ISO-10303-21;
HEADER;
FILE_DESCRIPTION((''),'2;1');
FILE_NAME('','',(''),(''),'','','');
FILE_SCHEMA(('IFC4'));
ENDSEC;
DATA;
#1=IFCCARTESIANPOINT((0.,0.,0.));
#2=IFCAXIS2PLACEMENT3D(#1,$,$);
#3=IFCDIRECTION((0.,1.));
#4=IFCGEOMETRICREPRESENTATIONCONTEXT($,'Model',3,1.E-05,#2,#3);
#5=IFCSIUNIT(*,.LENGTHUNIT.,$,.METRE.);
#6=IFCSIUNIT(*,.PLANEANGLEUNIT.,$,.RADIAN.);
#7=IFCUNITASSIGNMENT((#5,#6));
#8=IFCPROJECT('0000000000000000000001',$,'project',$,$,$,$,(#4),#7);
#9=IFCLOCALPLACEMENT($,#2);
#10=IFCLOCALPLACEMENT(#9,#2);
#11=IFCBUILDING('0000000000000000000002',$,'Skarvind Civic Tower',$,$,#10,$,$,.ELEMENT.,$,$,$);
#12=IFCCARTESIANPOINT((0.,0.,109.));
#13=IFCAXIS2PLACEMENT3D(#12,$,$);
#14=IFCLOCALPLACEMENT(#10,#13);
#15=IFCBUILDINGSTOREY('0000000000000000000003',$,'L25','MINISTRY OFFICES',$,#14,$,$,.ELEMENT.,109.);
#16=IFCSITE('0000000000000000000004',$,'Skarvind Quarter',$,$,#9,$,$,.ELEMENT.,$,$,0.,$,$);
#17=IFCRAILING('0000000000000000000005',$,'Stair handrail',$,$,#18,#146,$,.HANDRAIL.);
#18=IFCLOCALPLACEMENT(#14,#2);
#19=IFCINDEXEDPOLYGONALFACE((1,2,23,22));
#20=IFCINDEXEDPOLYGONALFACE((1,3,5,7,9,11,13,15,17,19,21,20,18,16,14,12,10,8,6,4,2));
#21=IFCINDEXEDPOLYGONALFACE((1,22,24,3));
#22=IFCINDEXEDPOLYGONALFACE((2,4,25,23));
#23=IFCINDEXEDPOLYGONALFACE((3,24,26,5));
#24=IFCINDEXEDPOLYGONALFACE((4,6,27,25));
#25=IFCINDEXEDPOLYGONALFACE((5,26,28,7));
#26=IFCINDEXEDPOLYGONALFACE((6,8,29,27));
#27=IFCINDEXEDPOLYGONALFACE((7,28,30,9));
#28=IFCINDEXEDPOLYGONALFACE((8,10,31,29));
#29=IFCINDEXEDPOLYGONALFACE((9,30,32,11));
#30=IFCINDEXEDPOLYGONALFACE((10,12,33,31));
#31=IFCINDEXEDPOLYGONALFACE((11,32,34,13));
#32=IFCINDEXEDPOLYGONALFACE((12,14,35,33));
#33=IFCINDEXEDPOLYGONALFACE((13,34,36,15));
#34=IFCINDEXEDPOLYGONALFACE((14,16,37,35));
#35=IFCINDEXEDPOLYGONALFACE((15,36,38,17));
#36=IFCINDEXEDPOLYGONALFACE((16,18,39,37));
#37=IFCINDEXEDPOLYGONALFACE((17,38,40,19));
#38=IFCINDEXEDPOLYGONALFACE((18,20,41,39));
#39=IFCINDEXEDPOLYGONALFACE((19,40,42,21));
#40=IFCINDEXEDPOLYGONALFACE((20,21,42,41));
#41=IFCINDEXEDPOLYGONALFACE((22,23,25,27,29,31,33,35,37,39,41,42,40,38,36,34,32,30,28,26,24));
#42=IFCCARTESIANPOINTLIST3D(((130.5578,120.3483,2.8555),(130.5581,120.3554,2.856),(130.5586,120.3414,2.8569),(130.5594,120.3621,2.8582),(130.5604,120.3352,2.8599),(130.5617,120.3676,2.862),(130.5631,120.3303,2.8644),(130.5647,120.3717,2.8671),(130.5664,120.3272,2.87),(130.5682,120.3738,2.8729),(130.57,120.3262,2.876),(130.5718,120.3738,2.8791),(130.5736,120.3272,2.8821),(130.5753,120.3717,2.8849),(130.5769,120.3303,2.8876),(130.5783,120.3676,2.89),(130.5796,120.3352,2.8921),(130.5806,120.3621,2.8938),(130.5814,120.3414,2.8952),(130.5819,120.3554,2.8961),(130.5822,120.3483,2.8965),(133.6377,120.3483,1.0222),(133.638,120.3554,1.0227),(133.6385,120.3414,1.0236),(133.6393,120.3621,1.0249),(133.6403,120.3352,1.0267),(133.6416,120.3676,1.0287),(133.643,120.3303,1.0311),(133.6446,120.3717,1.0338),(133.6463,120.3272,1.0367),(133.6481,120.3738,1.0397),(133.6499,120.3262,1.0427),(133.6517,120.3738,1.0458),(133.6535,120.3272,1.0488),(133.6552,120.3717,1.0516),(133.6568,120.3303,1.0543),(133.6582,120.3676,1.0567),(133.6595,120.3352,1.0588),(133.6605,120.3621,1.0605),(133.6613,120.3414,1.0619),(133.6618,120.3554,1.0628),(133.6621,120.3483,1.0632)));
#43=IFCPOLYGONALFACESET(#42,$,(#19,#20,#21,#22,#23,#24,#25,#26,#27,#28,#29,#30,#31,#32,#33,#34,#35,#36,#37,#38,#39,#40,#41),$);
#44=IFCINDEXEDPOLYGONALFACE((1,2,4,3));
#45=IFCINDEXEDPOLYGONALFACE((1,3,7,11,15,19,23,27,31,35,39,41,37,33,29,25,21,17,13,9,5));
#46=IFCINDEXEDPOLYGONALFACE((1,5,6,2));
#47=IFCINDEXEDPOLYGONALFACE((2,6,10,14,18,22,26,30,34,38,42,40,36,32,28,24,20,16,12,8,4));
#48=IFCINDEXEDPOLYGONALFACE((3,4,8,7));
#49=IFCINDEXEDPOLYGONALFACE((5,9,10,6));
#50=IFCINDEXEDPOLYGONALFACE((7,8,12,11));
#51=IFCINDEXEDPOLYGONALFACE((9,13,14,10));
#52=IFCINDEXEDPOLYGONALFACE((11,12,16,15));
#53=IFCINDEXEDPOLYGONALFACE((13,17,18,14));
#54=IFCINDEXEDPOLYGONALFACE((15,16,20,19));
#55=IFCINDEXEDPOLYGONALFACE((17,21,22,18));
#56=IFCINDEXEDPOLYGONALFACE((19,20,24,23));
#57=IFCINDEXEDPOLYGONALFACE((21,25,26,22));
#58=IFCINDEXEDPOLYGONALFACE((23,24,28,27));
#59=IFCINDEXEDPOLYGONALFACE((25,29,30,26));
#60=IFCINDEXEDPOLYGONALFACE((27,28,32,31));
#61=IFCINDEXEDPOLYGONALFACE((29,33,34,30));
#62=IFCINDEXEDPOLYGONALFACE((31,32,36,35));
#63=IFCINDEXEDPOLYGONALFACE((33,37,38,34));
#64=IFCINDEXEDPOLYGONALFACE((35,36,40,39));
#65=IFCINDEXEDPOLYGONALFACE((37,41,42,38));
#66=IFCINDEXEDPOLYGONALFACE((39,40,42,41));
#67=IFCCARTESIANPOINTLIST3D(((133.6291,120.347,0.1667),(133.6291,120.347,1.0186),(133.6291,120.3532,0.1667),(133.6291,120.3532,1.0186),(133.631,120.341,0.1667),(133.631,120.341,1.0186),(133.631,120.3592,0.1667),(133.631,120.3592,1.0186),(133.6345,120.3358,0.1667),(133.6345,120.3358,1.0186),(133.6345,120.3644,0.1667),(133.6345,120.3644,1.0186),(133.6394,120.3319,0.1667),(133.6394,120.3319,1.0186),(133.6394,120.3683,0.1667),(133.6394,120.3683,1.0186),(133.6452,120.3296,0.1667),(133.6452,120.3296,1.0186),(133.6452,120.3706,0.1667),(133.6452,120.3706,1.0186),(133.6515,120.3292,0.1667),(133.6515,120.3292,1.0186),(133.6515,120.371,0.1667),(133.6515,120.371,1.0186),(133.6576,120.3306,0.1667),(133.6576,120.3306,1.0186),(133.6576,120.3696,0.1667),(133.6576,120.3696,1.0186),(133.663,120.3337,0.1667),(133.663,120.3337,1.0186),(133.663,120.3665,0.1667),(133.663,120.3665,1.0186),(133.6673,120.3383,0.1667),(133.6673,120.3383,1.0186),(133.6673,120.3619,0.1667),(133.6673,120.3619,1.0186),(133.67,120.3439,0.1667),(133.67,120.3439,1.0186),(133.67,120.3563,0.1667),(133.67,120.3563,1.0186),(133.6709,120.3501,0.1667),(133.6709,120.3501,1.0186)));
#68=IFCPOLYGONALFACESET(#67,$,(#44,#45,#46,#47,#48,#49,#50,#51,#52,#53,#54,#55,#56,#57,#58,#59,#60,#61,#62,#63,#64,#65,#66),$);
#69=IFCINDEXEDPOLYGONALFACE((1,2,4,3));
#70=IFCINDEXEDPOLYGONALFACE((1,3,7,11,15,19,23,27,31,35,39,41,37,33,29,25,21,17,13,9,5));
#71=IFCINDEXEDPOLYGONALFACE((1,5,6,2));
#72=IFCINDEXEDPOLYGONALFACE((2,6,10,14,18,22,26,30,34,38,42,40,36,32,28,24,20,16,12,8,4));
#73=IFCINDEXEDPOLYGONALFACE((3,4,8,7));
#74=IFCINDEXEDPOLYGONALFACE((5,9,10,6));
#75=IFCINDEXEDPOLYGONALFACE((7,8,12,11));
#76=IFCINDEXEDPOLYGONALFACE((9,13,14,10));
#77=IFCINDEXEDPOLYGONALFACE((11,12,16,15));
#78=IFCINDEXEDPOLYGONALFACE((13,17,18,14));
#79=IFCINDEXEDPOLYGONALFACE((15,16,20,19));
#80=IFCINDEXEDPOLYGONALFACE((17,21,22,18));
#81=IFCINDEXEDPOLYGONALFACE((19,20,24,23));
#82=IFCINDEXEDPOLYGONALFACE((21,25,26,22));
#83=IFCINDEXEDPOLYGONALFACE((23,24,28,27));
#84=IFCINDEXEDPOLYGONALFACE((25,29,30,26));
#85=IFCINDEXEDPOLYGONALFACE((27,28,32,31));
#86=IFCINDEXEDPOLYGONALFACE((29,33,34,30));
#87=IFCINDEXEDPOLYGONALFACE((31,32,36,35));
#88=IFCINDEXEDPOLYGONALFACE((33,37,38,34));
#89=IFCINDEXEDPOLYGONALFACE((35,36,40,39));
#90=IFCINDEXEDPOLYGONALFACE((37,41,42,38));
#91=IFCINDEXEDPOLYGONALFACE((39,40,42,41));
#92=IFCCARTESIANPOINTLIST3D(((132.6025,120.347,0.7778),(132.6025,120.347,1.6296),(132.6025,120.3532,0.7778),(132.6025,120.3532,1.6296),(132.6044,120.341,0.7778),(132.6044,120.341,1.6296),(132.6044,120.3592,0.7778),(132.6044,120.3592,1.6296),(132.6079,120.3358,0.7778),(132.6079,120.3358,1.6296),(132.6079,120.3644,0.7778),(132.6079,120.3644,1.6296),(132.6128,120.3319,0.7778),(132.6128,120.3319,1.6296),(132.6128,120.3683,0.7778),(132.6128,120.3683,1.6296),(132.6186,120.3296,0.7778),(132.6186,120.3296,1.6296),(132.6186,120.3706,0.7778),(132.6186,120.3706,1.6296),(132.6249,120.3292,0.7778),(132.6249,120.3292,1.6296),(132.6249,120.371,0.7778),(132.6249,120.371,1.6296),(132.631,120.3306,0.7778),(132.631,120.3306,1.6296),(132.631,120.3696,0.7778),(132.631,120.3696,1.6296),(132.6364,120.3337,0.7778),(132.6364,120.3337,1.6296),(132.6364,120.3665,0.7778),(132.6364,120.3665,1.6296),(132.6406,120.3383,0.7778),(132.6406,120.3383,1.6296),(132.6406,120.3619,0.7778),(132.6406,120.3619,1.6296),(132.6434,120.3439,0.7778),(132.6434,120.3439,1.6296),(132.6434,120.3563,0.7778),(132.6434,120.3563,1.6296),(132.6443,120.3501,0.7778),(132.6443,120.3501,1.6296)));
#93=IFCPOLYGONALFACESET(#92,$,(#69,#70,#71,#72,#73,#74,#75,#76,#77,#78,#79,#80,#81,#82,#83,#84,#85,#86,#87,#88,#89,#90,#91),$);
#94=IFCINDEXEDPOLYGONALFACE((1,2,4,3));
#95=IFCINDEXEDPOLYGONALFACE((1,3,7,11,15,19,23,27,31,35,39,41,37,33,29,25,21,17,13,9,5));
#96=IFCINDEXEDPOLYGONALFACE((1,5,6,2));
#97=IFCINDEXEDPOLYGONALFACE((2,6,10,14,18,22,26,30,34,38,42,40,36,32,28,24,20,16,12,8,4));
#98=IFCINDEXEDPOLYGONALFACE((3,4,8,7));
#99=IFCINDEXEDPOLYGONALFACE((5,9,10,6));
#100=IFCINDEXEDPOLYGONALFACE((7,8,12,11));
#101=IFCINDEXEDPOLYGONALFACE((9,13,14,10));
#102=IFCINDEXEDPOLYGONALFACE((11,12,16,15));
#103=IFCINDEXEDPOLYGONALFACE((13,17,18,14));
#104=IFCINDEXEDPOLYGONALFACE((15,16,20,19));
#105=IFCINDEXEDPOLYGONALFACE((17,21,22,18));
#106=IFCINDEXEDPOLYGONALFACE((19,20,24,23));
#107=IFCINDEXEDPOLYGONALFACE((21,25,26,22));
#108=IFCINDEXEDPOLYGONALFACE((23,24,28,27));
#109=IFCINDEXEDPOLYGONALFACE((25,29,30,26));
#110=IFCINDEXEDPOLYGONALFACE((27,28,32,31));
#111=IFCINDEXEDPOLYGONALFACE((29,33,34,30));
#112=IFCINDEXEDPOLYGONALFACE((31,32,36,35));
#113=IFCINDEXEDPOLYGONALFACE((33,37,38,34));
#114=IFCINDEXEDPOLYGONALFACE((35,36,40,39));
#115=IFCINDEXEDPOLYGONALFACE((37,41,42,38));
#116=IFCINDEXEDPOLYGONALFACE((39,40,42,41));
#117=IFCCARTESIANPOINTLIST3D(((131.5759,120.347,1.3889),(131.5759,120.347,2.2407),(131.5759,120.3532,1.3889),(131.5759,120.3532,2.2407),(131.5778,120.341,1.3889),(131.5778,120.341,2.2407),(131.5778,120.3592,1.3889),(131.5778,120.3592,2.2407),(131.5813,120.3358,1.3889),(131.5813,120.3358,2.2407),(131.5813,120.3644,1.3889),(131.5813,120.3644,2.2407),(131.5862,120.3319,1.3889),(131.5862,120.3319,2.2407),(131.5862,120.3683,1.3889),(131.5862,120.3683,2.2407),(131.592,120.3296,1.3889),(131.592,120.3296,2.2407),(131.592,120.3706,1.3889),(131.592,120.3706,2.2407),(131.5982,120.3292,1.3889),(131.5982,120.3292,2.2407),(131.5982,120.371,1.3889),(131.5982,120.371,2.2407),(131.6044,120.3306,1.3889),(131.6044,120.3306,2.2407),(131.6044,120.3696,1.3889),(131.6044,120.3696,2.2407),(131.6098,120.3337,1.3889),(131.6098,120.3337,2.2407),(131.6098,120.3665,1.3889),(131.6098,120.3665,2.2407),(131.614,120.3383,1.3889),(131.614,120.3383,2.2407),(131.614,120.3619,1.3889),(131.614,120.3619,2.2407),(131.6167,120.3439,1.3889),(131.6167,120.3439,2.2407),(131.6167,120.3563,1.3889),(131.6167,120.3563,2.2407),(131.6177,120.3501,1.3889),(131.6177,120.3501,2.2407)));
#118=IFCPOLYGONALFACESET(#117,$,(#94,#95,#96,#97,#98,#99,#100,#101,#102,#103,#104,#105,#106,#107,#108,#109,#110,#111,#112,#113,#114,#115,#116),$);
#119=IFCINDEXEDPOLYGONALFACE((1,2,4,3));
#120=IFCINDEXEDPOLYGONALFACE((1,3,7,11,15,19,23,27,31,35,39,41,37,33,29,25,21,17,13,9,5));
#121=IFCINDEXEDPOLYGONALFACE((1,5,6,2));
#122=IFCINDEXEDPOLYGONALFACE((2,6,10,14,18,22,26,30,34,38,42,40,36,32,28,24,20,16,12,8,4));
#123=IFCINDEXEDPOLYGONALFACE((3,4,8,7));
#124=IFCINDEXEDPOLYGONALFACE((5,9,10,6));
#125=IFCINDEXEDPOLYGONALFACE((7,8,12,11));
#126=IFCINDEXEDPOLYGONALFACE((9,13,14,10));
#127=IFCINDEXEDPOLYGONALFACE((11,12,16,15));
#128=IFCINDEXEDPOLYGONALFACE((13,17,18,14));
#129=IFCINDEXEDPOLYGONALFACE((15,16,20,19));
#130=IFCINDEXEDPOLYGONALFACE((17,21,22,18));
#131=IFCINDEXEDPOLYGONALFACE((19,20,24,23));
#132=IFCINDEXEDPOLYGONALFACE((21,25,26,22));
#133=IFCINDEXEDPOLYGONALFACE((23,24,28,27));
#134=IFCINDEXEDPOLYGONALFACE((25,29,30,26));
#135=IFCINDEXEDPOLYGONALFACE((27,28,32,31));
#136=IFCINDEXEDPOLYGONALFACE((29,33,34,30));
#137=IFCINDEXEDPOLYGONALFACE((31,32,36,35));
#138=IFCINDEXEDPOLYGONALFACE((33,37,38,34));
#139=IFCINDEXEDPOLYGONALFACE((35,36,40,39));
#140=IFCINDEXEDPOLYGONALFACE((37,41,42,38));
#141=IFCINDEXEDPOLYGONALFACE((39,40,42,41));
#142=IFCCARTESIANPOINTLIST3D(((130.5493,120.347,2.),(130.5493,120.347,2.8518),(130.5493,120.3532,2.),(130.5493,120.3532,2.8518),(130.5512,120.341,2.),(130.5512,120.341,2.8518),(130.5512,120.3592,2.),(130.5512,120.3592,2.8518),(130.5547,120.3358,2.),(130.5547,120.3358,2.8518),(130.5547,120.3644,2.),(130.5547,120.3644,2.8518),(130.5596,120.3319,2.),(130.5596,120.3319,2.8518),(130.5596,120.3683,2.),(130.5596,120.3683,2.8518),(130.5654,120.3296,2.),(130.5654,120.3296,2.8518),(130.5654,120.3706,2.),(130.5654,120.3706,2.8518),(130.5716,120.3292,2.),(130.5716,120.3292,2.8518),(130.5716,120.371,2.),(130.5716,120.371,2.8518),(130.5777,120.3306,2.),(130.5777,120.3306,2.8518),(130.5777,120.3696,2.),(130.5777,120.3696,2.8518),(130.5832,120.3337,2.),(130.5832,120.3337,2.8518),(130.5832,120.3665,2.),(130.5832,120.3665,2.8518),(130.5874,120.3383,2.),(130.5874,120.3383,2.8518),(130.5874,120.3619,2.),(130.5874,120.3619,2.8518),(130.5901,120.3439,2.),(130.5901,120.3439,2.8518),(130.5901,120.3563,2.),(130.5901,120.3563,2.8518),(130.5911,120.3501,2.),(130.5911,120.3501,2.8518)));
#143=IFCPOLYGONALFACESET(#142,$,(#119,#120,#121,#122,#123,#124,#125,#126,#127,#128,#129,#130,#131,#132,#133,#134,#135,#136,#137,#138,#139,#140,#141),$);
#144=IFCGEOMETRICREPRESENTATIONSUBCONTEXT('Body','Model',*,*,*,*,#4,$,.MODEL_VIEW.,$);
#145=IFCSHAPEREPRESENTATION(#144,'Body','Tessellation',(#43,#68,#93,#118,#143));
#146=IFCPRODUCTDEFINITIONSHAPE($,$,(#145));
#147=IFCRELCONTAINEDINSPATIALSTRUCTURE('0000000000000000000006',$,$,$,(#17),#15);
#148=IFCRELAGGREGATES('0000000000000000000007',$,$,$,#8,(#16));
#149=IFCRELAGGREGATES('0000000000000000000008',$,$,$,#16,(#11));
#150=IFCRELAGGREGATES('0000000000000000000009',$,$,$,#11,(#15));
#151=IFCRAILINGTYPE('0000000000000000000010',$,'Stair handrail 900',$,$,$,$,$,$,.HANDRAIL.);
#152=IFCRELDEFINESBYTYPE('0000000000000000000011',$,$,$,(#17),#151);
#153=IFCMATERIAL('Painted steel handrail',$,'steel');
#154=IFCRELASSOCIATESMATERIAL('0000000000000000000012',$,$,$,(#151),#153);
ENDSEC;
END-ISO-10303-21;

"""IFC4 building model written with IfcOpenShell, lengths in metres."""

from ifc_helpers import new_model, si_unit, direction, frame, origin, origin_2d, place, context, subcontext, project, spatial, circle, extrude, material, type_object, element, save


model = new_model("IFC4")

# Units and contexts
model_context = context("Model", 3, precision=1e-05, world=origin(), true_north=direction((0.0, 1.0)))
body_context = subcontext(model_context, "Body", "Model", "MODEL_VIEW")
ifc_project = project(units=[si_unit("LENGTHUNIT", "METRE"), si_unit("PLANEANGLEUNIT", "RADIAN")], contexts=[model_context])

# Site, building, storey
site_placement = place(None, origin())
site = spatial("IfcSite", under=ifc_project, at=site_placement, Name="Skarvind Quarter", CompositionType="ELEMENT", RefElevation=0.0)
building_placement = place(site_placement, origin())
building = spatial("IfcBuilding", under=site, at=building_placement, Name="Skarvind Civic Tower", CompositionType="ELEMENT")
storey_placement = place(building_placement, frame((0.0, 0.0, 109.0)))
storey = spatial("IfcBuildingStorey", under=building, at=storey_placement, Name="L25", Description="MINISTRY OFFICES", CompositionType="ELEMENT", Elevation=109.0)

# Railing
ifc_material_1 = material(Name="Painted steel handrail", Category="steel")
railing_type = type_object("IfcRailingType", Name="Stair handrail 900", PredefinedType="HANDRAIL", material=ifc_material_1)
railing_placement = place(storey_placement, frame((133.6499, 120.3501, 0.1667)))
element("IfcRailing", 1, at=railing_placement, inside=storey, type_object=railing_type, Name="Stair handrail", PredefinedType="HANDRAIL", context=body_context, shape_type="SweptSolid", body=[
    extrude(circle(Radius=0.0239, at=origin_2d()), frame((0.0, 0.0, 0.876), z_axis=(-0.859291, 0.0, 0.511487), x_axis=(0.0, -1.0, 0.0)), (0.0, 0.0, 1.0), 3.5842),
    extrude(circle(Radius=0.021, at=origin_2d()), origin(), (0.0, 0.0, 1.0), 0.8518),
    extrude(circle(Radius=0.021, at=origin_2d()), frame((-1.0266, 0.0, 0.6111)), (0.0, 0.0, 1.0), 0.8518),
    extrude(circle(Radius=0.021, at=origin_2d()), frame((-2.0532, 0.0, 1.2222)), (0.0, 0.0, 1.0), 0.8518),
    extrude(circle(Radius=0.021, at=origin_2d()), frame((-3.0798, 0.0, 1.8333)), (0.0, 0.0, 1.0), 0.8518),
])

save(model, "model.ifc")
